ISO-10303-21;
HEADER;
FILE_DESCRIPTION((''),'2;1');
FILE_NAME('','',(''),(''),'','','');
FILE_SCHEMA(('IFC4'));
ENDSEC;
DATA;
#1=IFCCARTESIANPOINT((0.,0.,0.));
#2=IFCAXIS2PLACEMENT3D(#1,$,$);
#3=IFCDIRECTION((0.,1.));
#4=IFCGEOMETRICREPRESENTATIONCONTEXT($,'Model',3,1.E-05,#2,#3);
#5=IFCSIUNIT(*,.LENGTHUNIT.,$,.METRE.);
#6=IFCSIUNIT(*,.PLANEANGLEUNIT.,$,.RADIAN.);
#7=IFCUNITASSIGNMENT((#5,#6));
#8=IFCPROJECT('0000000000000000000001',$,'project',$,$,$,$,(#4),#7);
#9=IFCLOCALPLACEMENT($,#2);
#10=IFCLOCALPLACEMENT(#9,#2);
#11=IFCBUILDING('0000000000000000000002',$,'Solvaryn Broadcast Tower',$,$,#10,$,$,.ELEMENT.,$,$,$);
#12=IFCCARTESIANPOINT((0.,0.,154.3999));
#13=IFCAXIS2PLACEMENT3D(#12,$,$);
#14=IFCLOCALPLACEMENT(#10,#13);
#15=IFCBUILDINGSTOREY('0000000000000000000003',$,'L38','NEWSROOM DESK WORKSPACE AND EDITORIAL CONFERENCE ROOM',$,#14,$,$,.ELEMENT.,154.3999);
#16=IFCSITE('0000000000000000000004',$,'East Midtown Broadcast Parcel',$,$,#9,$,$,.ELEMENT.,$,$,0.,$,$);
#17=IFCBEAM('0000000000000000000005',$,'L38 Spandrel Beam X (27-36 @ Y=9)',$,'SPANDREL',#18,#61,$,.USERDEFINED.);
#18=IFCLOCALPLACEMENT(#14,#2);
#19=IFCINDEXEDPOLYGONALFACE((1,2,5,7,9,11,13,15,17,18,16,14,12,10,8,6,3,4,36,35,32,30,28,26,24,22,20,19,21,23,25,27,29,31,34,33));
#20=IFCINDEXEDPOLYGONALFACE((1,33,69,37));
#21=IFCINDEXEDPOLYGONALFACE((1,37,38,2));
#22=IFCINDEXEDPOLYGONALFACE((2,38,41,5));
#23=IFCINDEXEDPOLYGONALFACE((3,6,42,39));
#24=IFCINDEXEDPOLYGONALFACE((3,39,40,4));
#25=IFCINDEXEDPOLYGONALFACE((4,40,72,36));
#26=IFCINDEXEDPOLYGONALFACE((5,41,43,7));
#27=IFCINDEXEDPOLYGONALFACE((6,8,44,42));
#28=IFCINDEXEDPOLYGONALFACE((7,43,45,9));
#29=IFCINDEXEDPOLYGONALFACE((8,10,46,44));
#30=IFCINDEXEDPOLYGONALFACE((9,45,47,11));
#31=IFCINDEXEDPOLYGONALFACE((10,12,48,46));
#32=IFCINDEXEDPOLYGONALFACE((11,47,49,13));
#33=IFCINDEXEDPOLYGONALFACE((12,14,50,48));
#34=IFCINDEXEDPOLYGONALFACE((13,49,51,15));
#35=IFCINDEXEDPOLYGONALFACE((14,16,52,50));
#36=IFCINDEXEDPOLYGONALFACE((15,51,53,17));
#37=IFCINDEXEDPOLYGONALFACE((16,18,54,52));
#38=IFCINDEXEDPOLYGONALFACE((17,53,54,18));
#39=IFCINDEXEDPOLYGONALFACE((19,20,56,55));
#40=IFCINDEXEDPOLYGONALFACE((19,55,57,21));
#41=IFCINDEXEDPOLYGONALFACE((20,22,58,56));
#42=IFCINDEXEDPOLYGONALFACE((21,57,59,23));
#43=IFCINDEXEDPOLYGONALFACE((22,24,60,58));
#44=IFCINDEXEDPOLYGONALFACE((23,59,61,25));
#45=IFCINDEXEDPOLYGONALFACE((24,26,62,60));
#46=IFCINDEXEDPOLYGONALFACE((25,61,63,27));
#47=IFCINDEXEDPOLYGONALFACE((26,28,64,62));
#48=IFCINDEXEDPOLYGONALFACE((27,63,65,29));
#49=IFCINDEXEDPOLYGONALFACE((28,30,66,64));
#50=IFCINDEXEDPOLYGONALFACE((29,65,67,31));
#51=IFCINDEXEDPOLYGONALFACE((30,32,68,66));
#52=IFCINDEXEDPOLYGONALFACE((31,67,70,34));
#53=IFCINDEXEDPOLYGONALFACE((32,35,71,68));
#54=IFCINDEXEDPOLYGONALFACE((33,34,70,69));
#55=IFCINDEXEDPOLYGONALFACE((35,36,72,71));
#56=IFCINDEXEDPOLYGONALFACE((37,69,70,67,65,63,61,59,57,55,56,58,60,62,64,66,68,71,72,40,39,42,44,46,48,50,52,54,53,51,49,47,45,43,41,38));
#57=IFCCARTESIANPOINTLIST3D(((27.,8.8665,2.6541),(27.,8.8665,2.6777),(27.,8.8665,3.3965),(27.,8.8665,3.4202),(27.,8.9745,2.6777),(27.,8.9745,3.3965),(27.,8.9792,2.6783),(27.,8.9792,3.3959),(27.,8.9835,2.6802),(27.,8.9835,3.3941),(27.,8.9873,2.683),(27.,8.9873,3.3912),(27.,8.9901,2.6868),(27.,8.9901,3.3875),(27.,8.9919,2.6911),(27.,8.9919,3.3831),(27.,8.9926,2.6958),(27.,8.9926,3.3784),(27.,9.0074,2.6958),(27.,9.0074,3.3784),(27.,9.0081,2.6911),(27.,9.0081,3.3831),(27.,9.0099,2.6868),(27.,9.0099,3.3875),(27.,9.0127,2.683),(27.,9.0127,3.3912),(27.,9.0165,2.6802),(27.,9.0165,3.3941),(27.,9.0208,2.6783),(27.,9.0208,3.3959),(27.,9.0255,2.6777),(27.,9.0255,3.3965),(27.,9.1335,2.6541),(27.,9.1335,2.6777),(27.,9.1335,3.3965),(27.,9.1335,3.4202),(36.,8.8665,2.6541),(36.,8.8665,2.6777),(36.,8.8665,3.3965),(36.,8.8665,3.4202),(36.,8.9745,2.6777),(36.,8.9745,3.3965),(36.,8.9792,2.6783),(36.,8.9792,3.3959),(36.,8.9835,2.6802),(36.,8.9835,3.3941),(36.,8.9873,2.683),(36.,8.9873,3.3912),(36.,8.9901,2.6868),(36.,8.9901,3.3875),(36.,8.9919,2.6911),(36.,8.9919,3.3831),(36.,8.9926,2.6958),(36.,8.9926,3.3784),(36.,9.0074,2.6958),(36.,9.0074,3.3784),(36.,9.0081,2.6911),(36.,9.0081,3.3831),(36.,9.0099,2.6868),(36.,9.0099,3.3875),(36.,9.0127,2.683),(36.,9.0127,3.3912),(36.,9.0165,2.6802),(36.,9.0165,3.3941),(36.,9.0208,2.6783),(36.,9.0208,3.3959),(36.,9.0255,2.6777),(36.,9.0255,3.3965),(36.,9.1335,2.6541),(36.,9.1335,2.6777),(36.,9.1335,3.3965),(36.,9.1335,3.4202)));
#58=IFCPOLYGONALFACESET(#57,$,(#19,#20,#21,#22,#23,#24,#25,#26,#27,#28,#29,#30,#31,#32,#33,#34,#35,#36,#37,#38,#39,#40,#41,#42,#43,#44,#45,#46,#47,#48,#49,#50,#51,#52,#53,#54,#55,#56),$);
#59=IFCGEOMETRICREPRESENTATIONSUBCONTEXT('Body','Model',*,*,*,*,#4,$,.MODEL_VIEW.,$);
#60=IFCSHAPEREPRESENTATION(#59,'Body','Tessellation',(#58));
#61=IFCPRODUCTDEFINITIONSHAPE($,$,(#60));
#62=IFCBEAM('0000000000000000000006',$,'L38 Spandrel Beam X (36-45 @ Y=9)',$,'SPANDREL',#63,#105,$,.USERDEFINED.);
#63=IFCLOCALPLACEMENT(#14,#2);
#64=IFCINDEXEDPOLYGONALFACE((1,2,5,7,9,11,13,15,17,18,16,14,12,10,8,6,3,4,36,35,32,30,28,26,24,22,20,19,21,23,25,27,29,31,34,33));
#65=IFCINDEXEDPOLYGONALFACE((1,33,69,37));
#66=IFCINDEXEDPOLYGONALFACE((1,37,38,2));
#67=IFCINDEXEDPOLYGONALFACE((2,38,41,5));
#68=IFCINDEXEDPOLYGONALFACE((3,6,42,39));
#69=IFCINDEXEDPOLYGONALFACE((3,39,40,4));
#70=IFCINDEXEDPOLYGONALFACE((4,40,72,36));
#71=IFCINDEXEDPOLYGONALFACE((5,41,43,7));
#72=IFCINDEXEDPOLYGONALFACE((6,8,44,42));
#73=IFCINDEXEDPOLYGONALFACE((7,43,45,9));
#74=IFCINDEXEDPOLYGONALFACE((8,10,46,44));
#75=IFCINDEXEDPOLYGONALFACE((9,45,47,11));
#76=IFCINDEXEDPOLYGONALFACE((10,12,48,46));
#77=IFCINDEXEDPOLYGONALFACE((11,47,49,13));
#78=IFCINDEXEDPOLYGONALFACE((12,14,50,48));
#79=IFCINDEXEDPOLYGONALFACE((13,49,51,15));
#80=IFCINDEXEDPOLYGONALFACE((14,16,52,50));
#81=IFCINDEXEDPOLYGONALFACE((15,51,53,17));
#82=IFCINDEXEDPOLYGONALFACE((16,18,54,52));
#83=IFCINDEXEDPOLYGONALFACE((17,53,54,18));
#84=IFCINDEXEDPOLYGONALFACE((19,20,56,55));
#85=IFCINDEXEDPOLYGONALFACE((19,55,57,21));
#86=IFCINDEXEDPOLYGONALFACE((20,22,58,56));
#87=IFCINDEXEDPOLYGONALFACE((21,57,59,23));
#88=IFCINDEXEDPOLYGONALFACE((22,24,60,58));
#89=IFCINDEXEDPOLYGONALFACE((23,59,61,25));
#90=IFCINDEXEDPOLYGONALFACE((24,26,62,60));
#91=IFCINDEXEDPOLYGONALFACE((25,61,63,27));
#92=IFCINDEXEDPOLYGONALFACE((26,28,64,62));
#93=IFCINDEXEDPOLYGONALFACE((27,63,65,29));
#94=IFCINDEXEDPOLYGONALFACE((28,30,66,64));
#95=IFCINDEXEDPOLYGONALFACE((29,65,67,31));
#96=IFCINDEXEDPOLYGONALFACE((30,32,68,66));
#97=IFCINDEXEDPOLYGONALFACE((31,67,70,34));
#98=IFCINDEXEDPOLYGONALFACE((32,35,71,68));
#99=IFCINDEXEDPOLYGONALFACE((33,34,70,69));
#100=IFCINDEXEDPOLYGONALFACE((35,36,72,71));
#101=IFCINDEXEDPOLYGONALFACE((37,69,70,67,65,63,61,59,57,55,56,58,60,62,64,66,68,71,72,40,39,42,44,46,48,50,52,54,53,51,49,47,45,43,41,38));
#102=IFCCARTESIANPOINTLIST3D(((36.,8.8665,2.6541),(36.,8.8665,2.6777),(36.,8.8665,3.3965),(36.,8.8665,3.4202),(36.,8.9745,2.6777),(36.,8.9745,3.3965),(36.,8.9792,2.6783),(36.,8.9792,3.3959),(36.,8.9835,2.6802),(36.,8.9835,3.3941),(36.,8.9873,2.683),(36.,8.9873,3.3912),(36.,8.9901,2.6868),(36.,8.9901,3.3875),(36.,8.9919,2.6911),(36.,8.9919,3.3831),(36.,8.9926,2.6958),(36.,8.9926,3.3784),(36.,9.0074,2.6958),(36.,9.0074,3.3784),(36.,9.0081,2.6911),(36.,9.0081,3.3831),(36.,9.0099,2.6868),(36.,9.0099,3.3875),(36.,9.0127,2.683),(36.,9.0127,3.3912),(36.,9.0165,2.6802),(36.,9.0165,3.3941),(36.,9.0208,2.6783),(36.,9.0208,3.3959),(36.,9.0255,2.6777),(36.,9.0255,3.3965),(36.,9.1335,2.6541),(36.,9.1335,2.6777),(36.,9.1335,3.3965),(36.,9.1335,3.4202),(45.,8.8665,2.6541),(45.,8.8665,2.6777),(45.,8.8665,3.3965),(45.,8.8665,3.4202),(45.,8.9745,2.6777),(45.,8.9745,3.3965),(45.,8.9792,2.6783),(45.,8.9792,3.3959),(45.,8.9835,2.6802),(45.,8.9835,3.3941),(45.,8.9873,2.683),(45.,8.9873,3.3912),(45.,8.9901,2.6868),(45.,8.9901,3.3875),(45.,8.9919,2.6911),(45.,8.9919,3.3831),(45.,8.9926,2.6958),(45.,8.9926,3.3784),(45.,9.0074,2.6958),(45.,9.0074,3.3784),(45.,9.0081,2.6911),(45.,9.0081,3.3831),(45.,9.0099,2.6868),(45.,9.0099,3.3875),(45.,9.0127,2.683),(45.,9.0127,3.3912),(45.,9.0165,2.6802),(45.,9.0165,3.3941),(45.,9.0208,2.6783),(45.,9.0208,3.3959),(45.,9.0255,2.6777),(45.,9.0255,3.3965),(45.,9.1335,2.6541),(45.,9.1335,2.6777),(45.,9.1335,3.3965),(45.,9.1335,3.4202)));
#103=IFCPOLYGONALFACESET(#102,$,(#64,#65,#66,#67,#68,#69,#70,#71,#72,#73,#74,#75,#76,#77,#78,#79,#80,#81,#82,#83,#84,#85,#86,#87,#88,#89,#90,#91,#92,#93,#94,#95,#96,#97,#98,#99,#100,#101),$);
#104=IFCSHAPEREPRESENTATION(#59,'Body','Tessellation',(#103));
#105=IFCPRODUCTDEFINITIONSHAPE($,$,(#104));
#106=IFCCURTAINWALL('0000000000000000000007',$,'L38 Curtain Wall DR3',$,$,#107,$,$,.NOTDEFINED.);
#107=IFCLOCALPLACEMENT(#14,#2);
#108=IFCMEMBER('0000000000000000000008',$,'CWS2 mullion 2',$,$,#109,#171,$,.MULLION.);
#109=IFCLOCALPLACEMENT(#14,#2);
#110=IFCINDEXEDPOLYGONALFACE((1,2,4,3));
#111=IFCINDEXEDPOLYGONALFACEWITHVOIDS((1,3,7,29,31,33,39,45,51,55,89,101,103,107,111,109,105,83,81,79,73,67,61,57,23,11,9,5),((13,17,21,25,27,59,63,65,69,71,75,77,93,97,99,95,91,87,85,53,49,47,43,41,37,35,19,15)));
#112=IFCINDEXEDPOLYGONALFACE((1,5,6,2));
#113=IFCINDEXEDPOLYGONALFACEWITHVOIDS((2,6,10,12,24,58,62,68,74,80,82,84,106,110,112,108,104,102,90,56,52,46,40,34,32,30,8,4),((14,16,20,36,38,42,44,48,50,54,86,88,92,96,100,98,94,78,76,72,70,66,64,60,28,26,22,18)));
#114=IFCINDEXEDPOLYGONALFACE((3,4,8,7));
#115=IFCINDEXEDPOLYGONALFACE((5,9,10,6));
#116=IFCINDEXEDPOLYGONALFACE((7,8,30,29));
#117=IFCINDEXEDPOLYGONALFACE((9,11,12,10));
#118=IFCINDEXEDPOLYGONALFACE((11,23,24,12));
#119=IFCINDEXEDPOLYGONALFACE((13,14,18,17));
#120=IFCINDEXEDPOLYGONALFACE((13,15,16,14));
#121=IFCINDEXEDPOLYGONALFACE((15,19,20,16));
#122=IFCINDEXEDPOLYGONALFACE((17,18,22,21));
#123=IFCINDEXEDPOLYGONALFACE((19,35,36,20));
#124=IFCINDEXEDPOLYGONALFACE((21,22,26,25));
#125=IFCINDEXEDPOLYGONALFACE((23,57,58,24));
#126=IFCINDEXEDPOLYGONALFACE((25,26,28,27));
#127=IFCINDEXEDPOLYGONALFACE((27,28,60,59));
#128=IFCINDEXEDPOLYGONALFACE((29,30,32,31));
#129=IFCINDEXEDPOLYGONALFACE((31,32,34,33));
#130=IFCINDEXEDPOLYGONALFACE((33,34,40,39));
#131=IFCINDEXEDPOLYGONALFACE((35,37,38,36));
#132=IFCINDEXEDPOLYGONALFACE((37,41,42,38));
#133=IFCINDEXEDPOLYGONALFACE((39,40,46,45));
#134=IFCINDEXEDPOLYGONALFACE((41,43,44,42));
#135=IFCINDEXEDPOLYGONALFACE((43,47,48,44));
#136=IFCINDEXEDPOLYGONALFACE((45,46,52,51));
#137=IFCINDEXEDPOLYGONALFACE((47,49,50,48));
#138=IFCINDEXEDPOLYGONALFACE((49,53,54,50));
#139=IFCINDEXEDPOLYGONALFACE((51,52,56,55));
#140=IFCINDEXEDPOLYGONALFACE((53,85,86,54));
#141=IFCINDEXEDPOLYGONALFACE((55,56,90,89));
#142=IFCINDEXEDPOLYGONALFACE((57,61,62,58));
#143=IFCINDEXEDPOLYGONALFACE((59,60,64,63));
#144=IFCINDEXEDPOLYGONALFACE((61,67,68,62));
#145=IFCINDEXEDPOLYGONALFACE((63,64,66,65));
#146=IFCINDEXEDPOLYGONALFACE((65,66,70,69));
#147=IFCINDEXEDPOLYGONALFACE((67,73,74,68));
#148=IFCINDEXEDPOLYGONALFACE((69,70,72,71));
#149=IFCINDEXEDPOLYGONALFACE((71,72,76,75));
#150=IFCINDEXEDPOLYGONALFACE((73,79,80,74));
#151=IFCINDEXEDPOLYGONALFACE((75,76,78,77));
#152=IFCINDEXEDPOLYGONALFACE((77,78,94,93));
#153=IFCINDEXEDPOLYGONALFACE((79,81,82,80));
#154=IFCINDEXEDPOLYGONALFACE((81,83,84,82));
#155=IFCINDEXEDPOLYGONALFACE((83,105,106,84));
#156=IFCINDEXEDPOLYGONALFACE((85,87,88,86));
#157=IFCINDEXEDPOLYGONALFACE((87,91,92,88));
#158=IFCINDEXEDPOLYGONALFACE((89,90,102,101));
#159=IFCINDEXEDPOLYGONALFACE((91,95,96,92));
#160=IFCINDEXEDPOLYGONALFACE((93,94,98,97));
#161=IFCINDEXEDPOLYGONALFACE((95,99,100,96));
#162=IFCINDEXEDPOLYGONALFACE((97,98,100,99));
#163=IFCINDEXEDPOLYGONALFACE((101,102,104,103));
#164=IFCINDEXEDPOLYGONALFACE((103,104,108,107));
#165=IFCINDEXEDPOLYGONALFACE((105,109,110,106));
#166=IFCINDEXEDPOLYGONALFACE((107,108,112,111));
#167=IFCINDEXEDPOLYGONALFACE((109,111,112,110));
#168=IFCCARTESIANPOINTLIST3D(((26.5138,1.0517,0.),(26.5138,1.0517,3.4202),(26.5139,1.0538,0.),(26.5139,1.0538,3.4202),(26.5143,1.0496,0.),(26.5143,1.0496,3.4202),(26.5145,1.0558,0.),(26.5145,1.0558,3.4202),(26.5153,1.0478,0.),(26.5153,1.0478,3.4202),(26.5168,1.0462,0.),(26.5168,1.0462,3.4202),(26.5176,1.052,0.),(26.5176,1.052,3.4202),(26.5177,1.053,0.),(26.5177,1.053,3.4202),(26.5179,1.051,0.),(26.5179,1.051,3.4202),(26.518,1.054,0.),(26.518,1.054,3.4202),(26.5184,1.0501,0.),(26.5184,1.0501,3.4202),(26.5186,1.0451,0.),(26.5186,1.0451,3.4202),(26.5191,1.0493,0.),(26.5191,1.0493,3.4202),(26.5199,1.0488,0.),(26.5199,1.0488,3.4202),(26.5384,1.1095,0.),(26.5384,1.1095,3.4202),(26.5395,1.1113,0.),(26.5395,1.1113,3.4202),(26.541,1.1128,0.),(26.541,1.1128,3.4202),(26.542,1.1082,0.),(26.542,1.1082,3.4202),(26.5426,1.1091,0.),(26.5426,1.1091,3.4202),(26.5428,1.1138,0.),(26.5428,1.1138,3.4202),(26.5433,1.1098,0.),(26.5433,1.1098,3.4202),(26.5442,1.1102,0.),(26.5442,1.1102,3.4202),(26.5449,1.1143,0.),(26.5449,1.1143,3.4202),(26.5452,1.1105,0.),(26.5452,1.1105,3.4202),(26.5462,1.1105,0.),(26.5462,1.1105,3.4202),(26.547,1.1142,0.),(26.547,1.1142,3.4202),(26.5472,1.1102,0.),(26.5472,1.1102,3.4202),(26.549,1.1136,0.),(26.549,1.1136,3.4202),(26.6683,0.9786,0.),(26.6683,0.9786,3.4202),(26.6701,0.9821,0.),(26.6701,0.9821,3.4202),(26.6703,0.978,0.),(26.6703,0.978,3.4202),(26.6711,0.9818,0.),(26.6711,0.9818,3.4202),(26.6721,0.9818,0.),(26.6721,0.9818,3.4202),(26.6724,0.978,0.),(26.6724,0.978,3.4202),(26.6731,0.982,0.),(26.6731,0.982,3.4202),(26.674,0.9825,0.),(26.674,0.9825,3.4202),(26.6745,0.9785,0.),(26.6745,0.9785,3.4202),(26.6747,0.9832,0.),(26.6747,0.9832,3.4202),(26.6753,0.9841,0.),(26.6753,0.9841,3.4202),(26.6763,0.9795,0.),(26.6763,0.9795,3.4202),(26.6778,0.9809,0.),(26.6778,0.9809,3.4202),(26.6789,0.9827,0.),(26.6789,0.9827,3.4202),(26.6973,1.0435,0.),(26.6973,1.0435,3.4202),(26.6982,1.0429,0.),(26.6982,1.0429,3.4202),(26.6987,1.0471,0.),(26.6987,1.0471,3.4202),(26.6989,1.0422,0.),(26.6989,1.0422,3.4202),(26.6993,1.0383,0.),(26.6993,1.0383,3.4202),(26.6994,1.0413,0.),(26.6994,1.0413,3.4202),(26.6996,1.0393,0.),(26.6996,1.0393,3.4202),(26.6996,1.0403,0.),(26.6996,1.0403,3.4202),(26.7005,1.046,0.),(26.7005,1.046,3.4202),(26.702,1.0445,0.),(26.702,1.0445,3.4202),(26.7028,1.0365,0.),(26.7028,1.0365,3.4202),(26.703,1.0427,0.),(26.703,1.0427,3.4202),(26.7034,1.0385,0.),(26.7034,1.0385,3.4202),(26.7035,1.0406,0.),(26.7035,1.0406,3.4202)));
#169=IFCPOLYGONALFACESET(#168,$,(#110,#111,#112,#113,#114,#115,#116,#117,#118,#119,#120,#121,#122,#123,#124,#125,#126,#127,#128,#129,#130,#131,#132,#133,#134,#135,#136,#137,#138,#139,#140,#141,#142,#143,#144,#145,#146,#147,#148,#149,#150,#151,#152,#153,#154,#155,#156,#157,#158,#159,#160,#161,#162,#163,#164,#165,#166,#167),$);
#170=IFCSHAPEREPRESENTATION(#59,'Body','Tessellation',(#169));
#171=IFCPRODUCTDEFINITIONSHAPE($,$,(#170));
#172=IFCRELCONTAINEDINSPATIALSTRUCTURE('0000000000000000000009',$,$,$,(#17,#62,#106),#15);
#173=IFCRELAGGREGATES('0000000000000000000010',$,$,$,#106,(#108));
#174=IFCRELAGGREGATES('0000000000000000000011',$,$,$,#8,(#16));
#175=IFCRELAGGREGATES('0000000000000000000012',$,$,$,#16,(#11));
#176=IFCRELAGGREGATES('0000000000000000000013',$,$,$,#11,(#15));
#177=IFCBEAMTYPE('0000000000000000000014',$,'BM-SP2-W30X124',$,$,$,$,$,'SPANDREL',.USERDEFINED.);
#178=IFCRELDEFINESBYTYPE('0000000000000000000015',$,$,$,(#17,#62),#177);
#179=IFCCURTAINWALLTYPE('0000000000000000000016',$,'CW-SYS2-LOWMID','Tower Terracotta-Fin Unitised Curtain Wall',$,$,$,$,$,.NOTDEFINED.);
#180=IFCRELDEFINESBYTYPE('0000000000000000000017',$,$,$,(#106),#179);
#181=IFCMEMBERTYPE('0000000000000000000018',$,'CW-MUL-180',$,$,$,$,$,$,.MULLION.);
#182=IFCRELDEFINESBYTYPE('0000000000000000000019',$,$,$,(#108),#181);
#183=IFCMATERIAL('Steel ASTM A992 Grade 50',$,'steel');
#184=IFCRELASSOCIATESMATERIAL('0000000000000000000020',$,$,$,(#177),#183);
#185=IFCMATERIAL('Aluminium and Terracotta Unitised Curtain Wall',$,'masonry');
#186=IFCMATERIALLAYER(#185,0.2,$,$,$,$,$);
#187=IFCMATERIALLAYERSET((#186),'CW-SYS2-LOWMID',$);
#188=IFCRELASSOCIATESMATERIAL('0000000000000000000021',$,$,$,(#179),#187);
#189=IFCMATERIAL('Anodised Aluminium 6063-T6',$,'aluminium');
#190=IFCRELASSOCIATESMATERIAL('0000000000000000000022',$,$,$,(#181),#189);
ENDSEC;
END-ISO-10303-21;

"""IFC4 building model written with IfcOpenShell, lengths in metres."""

from ifc_helpers import new_model, si_unit, direction, frame, origin, origin_2d, place, context, subcontext, project, spatial, hollow_rectangle, i_section, extrude, material, layer, layer_set, material_profile, profile_set, type_object, element, aggregate, save


model = new_model("IFC4")

# Units and contexts
model_context = context("Model", 3, precision=1e-05, world=origin(), true_north=direction((0.0, 1.0)))
body_context = subcontext(model_context, "Body", "Model", "MODEL_VIEW")
ifc_project = project(units=[si_unit("LENGTHUNIT", "METRE"), si_unit("PLANEANGLEUNIT", "RADIAN")], contexts=[model_context])

# Site, building, storey
site_placement = place(None, origin())
site = spatial("IfcSite", under=ifc_project, at=site_placement, Name="East Midtown Broadcast Parcel", CompositionType="ELEMENT", RefElevation=0.0)
building_placement = place(site_placement, origin())
building = spatial("IfcBuilding", under=site, at=building_placement, Name="Solvaryn Broadcast Tower", CompositionType="ELEMENT")
storey_placement = place(building_placement, frame((0.0, 0.0, 154.3999)))
storey = spatial("IfcBuildingStorey", under=building, at=storey_placement, Name="L38", Description="NEWSROOM DESK WORKSPACE AND EDITORIAL CONFERENCE ROOM", CompositionType="ELEMENT", Elevation=154.3999)

# Beams
ifc_material_1 = material(Name="Steel ASTM A992 Grade 50", Category="steel")
ifc_material_profile_1 = material_profile(ifc_material_1, i_section(OverallWidth=0.2671, OverallDepth=0.7661, WebThickness=0.0149, FlangeThickness=0.0237, FilletRadius=0.0181, at=origin_2d()))
ifc_profile_set_1 = profile_set([ifc_material_profile_1], Name="Steel ASTM A992 Grade 50")
beam_type_1 = type_object("IfcBeamType", Name="BM-SP2-W30X124", ElementType="SPANDREL", PredefinedType="USERDEFINED", material=ifc_profile_set_1)
for number, where, z_axis, x_axis, name in (
    (1, (27.0, 9.0, 3.0371), (1.0, 0.0, 0.0), (0.0, 1.0, 0.0), "L38 Spandrel Beam X (27-36 @ Y=9)"),
    (2, (36.0, 9.0, 3.0371), (1.0, 0.0, 0.0), (0.0, 1.0, 0.0), "L38 Spandrel Beam X (36-45 @ Y=9)"),
):
    element("IfcBeam", number, at=place(storey_placement, frame(where, z_axis=z_axis, x_axis=x_axis)), inside=storey, type_object=beam_type_1, Name=name, ObjectType="SPANDREL", PredefinedType="USERDEFINED", context=body_context, shape_type="SweptSolid", body=[
        extrude(i_section(OverallWidth=0.2671, OverallDepth=0.7661, WebThickness=0.0149, FlangeThickness=0.0237, FilletRadius=0.0181, at=origin_2d()), origin(), (0.0, 0.0, 1.0), 9.0),
    ])

# Curtain wall, member
ifc_material_2 = material(Name="Aluminium and Terracotta Unitised Curtain Wall", Category="masonry")
ifc_layer_1 = layer(ifc_material_2, 0.2)
ifc_layer_set_1 = layer_set([ifc_layer_1], Name="CW-SYS2-LOWMID")
curtain_wall_type = type_object("IfcCurtainWallType", Name="CW-SYS2-LOWMID", Description="Tower Terracotta-Fin Unitised Curtain Wall", PredefinedType="NOTDEFINED", material=ifc_layer_set_1)
curtain_wall_1_placement = place(storey_placement, origin())
curtain_wall_1 = element("IfcCurtainWall", 3, at=curtain_wall_1_placement, inside=storey, type_object=curtain_wall_type, Name="L38 Curtain Wall DR3", PredefinedType="NOTDEFINED")
ifc_material_3 = material(Name="Anodised Aluminium 6063-T6", Category="aluminium")
ifc_material_profile_2 = material_profile(ifc_material_3, hollow_rectangle(XDim=0.075, YDim=0.1799, WallThickness=0.0039, InnerFilletRadius=0.0039, OuterFilletRadius=0.0081, at=origin_2d()))
ifc_profile_set_2 = profile_set([ifc_material_profile_2], Name="Anodised Aluminium 6063-T6")
member_type_1 = type_object("IfcMemberType", Name="CW-MUL-180", PredefinedType="MULLION", material=ifc_profile_set_2)
member_1_placement = place(storey_placement, frame((26.6086, 1.0461, 0.0), z_axis=(0.0, 0.0, 1.0), x_axis=(0.405918, 0.913909, 0.0)))
member_1 = element("IfcMember", 4, at=member_1_placement, type_object=member_type_1, Name="CWS2 mullion 2", PredefinedType="MULLION", context=body_context, shape_type="SweptSolid", body=[
    extrude(hollow_rectangle(XDim=0.075, YDim=0.1799, WallThickness=0.0039, InnerFilletRadius=0.0039, OuterFilletRadius=0.0081, at=origin_2d()), origin(), (0.0, 0.0, 1.0), 3.4202),
])
aggregate(curtain_wall_1, [member_1])

save(model, "model.ifc")
